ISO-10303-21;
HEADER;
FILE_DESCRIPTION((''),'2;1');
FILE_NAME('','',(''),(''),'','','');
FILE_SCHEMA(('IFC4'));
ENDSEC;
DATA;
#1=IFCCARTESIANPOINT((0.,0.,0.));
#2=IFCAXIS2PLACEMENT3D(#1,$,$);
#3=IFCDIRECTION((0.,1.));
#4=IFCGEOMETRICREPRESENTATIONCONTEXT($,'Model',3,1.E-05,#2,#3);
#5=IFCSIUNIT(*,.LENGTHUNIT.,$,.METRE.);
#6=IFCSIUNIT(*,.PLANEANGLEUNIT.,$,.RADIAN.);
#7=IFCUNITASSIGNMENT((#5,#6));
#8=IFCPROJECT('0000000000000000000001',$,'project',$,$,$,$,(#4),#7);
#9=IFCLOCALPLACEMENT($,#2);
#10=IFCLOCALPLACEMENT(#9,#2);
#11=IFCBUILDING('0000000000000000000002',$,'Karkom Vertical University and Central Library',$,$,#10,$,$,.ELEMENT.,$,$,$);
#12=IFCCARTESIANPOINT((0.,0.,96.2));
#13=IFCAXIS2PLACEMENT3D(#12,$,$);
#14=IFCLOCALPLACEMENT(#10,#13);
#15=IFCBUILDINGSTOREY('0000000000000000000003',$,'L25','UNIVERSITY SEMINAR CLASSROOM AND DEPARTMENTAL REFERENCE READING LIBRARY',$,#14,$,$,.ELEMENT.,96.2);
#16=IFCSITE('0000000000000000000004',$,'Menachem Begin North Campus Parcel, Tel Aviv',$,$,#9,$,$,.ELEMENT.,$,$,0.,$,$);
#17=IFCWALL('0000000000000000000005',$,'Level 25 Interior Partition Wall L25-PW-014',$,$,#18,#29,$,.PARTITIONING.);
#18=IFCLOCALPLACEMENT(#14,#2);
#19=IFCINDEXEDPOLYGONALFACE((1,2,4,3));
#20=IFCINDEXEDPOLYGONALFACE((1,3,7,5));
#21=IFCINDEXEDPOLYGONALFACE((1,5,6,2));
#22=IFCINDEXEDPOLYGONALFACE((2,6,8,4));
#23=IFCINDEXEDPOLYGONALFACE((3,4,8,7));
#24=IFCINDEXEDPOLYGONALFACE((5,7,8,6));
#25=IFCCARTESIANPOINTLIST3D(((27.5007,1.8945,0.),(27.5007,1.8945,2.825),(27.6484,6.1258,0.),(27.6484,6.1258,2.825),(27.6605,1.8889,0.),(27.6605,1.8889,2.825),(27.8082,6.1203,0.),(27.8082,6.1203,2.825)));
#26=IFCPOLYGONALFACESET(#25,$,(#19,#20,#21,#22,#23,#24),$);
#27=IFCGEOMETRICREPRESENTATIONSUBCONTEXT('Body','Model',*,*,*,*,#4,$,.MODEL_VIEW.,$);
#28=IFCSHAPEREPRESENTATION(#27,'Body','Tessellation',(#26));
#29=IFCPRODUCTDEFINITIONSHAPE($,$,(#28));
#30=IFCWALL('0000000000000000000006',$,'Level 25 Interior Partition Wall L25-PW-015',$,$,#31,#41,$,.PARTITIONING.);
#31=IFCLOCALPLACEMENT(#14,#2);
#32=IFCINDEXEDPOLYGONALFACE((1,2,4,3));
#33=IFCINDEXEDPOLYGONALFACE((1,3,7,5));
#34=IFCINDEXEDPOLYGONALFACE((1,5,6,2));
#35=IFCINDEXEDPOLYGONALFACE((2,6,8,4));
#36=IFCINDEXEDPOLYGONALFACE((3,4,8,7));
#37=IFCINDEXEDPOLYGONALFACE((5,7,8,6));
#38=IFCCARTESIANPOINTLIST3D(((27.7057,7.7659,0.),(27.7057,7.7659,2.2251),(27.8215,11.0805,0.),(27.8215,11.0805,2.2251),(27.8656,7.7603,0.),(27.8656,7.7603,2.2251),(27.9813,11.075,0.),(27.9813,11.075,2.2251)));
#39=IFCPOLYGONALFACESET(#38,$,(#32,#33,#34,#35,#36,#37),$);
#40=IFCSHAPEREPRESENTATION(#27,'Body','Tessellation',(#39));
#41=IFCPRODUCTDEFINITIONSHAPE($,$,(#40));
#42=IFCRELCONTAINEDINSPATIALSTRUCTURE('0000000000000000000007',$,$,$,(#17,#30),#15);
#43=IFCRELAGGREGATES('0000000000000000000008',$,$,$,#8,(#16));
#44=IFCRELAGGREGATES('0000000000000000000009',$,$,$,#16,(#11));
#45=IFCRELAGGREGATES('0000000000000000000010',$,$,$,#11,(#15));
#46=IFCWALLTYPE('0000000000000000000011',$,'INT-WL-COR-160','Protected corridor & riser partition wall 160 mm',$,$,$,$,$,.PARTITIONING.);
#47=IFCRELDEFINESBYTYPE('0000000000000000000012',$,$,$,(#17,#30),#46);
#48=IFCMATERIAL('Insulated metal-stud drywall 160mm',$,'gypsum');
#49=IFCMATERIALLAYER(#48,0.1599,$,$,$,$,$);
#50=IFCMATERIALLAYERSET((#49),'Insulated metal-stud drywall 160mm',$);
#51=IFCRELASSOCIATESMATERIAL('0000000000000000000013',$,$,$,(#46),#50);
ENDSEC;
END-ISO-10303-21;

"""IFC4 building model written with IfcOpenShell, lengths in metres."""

from ifc_helpers import new_model, si_unit, direction, frame, frame_2d, origin, place, context, subcontext, project, spatial, rectangle, extrude, material, layer, layer_set, type_object, element, save


model = new_model("IFC4")

# Units and contexts
model_context = context("Model", 3, precision=1e-05, world=origin(), true_north=direction((0.0, 1.0)))
body_context = subcontext(model_context, "Body", "Model", "MODEL_VIEW")
ifc_project = project(units=[si_unit("LENGTHUNIT", "METRE"), si_unit("PLANEANGLEUNIT", "RADIAN")], contexts=[model_context])

# Site, building, storey
site_placement = place(None, origin())
site = spatial("IfcSite", under=ifc_project, at=site_placement, Name="Menachem Begin North Campus Parcel, Tel Aviv", CompositionType="ELEMENT", RefElevation=0.0)
building_placement = place(site_placement, origin())
building = spatial("IfcBuilding", under=site, at=building_placement, Name="Karkom Vertical University and Central Library", CompositionType="ELEMENT")
storey_placement = place(building_placement, frame((0.0, 0.0, 96.2)))
storey = spatial("IfcBuildingStorey", under=building, at=storey_placement, Name="L25", Description="UNIVERSITY SEMINAR CLASSROOM AND DEPARTMENTAL REFERENCE READING LIBRARY", CompositionType="ELEMENT", Elevation=96.2)

# Shared definitions
ifc_material_1 = material(Name="Insulated metal-stud drywall 160mm", Category="gypsum")
ifc_layer_1 = layer(ifc_material_1, 0.1599)
ifc_layer_set_1 = layer_set([ifc_layer_1], Name="Insulated metal-stud drywall 160mm")
wall_type_1 = type_object("IfcWallType", Name="INT-WL-COR-160", Description="Protected corridor & riser partition wall 160 mm", PredefinedType="PARTITIONING", material=ifc_layer_set_1)

# Walls
wall_1_placement = place(storey_placement, frame((27.7283, 6.123, 0.0), z_axis=(0.0, 0.0, 1.0), x_axis=(-0.034887, -0.999391, 0.0)))
element("IfcWall", 1, at=wall_1_placement, inside=storey, type_object=wall_type_1, Name="Level 25 Interior Partition Wall L25-PW-014", PredefinedType="PARTITIONING", context=body_context, shape_type="SweptSolid", body=[
    extrude(rectangle(XDim=4.2339, YDim=0.1599, at=frame_2d((2.1169, 0.0))), origin(), (0.0, 0.0, 1.0), 2.825),
])
wall_2_placement = place(storey_placement, frame((27.9014, 11.0776, 0.0), z_axis=(0.0, 0.0, 1.0), x_axis=(-0.034891, -0.999391, 0.0)))
element("IfcWall", 2, at=wall_2_placement, inside=storey, type_object=wall_type_1, Name="Level 25 Interior Partition Wall L25-PW-015", PredefinedType="PARTITIONING", context=body_context, shape_type="SweptSolid", body=[
    extrude(rectangle(XDim=3.3167, YDim=0.1599, at=frame_2d((1.6582, 0.0))), origin(), (0.0, 0.0, 1.0), 2.2251),
])

save(model, "model.ifc")
